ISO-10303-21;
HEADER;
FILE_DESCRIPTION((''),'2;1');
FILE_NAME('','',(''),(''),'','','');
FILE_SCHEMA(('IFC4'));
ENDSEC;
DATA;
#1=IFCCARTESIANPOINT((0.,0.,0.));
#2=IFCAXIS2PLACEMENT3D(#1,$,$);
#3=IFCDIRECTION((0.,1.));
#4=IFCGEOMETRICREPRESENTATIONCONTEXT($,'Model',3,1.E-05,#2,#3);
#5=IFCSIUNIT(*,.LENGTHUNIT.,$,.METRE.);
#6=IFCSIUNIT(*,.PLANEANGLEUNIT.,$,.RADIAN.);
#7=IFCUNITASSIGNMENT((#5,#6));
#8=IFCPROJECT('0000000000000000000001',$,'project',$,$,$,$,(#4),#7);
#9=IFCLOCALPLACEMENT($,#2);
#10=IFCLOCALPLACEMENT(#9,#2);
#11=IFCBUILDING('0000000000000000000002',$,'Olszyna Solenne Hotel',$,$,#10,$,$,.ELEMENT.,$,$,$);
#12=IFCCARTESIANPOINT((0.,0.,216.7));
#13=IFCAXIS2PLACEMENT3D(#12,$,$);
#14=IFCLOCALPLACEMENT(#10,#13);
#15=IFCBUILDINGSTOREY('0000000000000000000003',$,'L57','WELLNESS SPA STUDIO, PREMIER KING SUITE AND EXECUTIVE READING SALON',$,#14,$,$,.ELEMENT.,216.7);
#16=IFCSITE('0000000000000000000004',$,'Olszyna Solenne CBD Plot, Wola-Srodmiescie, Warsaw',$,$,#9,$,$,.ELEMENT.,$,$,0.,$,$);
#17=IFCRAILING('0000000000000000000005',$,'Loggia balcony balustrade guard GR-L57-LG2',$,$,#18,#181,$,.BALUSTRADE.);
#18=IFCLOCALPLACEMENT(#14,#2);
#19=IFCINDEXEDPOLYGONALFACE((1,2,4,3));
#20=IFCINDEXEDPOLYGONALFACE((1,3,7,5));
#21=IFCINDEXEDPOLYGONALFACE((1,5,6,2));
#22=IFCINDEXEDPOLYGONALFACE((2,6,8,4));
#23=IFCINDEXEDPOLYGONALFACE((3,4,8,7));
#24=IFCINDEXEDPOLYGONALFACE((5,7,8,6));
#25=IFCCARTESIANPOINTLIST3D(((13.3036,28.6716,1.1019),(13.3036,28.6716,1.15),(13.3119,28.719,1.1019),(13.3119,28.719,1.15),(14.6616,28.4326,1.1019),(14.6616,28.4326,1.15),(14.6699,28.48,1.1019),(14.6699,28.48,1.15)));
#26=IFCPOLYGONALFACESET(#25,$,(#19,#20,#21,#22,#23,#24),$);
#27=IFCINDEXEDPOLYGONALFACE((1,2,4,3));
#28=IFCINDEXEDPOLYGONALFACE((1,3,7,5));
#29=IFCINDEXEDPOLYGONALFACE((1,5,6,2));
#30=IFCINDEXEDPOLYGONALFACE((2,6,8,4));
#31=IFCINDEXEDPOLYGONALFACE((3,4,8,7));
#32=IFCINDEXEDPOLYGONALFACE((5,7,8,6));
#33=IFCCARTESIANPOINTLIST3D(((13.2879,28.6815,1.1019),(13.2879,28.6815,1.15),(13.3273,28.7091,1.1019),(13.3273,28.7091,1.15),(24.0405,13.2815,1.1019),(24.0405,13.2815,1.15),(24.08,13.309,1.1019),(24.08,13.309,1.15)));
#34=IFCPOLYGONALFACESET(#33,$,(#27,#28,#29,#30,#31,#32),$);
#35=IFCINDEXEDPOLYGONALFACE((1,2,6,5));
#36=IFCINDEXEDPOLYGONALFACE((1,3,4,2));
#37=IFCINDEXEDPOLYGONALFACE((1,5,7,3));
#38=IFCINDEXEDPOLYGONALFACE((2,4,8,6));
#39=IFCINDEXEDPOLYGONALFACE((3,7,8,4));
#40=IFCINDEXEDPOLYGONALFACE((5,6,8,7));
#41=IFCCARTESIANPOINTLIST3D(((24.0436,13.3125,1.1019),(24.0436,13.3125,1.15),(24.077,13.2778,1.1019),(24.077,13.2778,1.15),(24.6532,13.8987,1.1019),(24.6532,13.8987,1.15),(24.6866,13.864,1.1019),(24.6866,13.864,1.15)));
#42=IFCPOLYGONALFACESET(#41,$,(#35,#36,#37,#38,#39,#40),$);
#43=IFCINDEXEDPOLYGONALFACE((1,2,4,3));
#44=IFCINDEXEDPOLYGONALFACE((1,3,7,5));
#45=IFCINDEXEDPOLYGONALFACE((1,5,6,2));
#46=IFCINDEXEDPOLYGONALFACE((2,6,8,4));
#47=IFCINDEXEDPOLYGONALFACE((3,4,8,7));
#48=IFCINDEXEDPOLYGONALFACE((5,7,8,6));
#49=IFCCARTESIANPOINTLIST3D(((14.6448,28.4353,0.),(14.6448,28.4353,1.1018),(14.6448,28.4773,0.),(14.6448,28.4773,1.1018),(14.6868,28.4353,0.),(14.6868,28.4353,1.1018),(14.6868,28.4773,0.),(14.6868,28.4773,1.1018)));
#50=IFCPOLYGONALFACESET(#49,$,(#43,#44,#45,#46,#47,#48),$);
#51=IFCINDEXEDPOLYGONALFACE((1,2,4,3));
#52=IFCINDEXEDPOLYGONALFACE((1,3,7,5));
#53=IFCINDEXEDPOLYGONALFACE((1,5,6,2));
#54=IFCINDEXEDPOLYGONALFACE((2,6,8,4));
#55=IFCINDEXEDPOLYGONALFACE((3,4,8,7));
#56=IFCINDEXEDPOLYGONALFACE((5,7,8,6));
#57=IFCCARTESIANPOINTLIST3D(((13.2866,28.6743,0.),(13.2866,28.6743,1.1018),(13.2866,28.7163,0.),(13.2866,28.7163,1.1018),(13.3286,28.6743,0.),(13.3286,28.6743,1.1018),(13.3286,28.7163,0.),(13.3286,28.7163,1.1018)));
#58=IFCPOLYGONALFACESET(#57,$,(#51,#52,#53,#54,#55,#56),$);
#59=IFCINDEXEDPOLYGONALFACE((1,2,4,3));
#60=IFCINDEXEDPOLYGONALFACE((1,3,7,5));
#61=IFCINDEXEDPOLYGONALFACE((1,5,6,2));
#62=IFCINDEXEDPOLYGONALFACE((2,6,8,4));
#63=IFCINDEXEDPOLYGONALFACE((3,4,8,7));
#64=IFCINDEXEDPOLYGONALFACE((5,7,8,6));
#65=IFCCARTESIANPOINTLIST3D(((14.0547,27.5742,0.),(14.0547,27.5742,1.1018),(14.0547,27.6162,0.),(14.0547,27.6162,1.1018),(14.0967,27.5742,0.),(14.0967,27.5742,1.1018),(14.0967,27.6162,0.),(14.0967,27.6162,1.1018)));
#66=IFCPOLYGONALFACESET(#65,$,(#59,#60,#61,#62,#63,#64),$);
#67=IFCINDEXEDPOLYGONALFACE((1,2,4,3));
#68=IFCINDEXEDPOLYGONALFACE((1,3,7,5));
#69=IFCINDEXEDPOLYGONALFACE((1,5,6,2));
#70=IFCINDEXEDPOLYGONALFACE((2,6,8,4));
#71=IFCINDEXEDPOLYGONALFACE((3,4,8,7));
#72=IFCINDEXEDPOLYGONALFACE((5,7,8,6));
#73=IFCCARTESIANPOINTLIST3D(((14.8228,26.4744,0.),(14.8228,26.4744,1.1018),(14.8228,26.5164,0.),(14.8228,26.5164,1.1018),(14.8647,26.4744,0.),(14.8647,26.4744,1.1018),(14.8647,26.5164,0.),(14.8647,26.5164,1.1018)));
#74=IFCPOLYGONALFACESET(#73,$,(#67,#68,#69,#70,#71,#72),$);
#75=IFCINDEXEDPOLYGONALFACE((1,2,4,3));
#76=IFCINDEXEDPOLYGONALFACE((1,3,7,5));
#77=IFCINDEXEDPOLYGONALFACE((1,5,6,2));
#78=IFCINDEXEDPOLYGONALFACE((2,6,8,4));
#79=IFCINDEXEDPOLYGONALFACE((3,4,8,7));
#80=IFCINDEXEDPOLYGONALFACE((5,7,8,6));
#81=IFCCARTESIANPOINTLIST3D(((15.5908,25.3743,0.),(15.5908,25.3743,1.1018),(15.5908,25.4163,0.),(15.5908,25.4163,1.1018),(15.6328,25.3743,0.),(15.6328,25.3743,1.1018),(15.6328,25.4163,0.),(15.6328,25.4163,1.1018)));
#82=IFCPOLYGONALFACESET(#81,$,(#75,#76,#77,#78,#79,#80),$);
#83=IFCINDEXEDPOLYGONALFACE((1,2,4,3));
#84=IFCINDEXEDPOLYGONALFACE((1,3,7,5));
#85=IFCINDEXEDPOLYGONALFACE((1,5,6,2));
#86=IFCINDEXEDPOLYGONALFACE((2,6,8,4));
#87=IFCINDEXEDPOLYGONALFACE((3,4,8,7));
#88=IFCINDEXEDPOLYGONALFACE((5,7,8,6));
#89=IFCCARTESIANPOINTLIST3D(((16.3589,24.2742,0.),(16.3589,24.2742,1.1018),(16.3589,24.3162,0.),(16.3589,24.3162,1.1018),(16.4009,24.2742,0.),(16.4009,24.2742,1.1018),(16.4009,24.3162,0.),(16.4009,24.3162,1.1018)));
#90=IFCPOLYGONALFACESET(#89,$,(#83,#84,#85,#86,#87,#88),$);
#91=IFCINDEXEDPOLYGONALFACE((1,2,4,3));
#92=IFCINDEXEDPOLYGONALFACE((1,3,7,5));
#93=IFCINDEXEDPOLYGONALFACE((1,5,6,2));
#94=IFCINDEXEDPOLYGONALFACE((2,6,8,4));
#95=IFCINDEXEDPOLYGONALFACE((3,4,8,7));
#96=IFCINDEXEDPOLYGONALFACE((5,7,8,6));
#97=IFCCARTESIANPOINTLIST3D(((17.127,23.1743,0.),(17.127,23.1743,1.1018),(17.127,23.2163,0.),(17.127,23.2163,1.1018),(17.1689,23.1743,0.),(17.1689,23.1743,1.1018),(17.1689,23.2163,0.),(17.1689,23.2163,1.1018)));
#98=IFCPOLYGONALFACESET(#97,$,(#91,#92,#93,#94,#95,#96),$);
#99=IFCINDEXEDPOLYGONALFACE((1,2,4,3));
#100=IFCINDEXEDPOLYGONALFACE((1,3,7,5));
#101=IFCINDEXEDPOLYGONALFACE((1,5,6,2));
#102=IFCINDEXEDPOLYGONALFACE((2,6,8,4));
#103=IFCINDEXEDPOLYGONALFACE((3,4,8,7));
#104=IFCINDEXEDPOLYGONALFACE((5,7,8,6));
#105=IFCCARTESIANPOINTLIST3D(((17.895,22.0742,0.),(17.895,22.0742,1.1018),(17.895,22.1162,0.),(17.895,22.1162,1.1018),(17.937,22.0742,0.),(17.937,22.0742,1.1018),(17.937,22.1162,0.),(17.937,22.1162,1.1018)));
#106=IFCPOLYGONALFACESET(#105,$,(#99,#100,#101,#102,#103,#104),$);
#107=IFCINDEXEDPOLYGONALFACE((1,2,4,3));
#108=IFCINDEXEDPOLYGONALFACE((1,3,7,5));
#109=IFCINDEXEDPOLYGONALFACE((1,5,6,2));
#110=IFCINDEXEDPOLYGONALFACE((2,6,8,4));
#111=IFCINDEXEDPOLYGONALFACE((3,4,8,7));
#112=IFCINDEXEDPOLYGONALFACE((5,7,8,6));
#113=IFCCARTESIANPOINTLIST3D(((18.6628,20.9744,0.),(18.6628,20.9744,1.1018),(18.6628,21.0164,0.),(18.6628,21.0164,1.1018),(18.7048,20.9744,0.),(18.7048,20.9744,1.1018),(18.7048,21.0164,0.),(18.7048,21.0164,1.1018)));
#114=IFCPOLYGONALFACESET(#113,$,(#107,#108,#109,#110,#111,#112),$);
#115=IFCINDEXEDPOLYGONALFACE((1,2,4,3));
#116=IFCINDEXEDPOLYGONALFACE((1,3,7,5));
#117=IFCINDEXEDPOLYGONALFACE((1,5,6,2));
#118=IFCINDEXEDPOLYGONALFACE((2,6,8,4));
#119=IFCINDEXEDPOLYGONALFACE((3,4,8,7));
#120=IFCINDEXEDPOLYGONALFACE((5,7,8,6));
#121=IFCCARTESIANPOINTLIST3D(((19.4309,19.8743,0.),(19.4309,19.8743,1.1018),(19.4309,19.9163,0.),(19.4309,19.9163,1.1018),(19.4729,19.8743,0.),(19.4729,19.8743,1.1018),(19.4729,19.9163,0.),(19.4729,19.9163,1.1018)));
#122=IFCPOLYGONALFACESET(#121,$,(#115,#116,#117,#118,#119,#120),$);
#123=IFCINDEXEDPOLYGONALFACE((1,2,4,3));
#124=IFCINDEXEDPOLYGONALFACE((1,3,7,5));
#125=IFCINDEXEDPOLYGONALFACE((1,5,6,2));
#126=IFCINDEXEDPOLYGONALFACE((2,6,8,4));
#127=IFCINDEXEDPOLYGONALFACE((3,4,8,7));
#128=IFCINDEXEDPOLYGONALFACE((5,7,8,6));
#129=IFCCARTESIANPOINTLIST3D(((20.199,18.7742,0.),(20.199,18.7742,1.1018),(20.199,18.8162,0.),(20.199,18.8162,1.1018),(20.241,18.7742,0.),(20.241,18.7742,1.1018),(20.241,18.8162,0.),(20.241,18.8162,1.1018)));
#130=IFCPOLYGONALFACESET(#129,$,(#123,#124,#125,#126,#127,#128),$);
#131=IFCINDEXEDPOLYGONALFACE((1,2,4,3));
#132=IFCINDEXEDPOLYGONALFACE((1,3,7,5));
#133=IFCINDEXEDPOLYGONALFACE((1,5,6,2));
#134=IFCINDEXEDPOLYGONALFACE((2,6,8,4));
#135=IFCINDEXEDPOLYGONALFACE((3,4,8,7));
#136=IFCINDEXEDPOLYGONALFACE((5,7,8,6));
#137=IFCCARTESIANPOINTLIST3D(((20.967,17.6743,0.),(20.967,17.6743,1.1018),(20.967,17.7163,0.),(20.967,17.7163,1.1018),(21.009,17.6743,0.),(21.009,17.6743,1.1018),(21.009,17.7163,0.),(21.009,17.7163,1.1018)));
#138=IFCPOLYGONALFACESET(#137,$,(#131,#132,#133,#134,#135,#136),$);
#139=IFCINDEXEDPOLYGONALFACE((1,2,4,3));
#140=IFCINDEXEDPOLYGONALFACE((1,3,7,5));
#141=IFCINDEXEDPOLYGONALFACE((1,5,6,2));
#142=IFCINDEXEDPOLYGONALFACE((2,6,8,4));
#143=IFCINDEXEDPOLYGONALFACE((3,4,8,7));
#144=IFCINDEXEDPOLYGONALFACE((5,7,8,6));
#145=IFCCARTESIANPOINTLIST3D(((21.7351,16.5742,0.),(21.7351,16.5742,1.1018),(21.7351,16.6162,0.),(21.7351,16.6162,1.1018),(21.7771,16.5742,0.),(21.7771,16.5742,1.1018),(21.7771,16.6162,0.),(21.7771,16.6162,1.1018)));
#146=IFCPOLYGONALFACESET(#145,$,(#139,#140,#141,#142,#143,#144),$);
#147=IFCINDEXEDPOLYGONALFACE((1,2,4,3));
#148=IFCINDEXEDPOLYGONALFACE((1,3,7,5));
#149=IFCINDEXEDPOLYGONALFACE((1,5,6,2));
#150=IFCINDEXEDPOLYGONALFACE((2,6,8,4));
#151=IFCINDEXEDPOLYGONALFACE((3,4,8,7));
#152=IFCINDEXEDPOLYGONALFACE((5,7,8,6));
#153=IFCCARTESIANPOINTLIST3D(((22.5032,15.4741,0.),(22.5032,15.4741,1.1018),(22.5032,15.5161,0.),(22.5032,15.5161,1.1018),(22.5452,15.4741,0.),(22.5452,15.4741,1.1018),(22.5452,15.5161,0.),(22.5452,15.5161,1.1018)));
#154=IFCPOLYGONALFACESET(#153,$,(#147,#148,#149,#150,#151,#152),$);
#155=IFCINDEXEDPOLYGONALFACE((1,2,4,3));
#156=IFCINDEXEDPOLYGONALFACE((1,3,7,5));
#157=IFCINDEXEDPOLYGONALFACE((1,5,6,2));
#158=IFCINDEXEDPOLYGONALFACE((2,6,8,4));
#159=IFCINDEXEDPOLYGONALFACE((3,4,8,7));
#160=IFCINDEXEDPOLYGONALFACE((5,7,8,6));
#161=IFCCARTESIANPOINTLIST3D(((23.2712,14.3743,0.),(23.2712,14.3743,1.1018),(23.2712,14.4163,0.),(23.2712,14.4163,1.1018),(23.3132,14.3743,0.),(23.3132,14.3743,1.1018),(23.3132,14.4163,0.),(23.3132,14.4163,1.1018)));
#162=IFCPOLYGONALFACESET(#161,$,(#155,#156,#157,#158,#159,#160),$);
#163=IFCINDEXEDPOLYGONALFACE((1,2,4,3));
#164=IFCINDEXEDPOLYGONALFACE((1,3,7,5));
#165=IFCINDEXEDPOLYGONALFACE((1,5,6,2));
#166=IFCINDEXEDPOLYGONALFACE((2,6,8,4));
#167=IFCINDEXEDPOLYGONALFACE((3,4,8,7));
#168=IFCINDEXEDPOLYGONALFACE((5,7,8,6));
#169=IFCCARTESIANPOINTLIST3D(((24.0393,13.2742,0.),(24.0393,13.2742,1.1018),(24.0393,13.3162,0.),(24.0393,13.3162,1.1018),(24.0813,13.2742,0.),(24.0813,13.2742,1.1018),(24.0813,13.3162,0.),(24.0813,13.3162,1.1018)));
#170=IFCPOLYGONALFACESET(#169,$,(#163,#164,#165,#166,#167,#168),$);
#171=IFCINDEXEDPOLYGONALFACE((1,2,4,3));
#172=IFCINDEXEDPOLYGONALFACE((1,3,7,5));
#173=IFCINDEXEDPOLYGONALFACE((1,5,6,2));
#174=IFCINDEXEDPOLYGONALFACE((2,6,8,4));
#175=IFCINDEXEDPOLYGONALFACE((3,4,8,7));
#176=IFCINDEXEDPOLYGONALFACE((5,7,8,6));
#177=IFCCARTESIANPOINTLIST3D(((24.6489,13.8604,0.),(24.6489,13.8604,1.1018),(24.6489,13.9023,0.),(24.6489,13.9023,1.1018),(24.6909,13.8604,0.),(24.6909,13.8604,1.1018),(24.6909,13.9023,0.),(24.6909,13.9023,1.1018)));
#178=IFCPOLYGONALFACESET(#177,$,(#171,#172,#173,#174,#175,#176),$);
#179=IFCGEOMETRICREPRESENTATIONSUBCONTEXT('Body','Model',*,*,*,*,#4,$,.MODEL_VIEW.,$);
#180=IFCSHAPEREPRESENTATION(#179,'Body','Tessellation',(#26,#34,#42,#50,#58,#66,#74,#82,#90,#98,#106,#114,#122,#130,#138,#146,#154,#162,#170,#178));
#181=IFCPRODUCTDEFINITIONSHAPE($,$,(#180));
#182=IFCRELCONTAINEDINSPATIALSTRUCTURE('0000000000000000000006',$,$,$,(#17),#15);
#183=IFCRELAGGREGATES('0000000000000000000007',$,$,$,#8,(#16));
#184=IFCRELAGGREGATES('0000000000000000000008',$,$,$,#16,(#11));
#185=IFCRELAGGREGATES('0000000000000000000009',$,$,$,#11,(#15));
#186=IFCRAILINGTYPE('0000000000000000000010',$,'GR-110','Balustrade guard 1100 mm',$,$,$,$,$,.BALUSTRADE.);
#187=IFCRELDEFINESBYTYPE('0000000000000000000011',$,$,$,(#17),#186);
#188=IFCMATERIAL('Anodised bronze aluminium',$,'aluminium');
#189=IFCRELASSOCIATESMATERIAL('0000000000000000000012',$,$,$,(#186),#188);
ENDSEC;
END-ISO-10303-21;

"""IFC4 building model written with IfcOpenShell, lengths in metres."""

from ifc_helpers import new_model, si_unit, direction, frame, origin, origin_2d, place, context, subcontext, project, spatial, rectangle, extrude, material, type_object, element, save


model = new_model("IFC4")

# Units and contexts
model_context = context("Model", 3, precision=1e-05, world=origin(), true_north=direction((0.0, 1.0)))
body_context = subcontext(model_context, "Body", "Model", "MODEL_VIEW")
ifc_project = project(units=[si_unit("LENGTHUNIT", "METRE"), si_unit("PLANEANGLEUNIT", "RADIAN")], contexts=[model_context])

# Site, building, storey
site_placement = place(None, origin())
site = spatial("IfcSite", under=ifc_project, at=site_placement, Name="Olszyna Solenne CBD Plot, Wola-Srodmiescie, Warsaw", CompositionType="ELEMENT", RefElevation=0.0)
building_placement = place(site_placement, origin())
building = spatial("IfcBuilding", under=site, at=building_placement, Name="Olszyna Solenne Hotel", CompositionType="ELEMENT")
storey_placement = place(building_placement, frame((0.0, 0.0, 216.7)))
storey = spatial("IfcBuildingStorey", under=building, at=storey_placement, Name="L57", Description="WELLNESS SPA STUDIO, PREMIER KING SUITE AND EXECUTIVE READING SALON", CompositionType="ELEMENT", Elevation=216.7)

# Railing
ifc_material_1 = material(Name="Anodised bronze aluminium", Category="aluminium")
railing_type = type_object("IfcRailingType", Name="GR-110", Description="Balustrade guard 1100 mm", PredefinedType="BALUSTRADE", material=ifc_material_1)
railing_placement = place(storey_placement, frame((14.6658, 28.4563, 0.0)))
element("IfcRailing", 1, at=railing_placement, inside=storey, type_object=railing_type, Name="Loggia balcony balustrade guard GR-L57-LG2", PredefinedType="BALUSTRADE", context=body_context, shape_type="SweptSolid", body=[
    extrude(rectangle(XDim=0.0481, YDim=0.0481, at=origin_2d()), frame((0.0, 0.0, 1.126), z_axis=(-0.984865, 0.173321, 0.0), x_axis=(-0.173321, -0.984865, 0.0)), (0.0, 0.0, 1.0), 1.3789),
    extrude(rectangle(XDim=0.0481, YDim=0.0481, at=origin_2d()), frame((-1.3582, 0.239, 1.126), z_axis=(0.572482, -0.819917, 0.0), x_axis=(0.819917, 0.572482, 0.0)), (0.0, 0.0, 1.0), 18.7825),
    extrude(rectangle(XDim=0.0481, YDim=0.0481, at=origin_2d()), frame((9.3945, -15.1611, 1.126), z_axis=(0.720828, 0.693114, 0.0), x_axis=(-0.693114, 0.720828, 0.0)), (0.0, 0.0, 1.0), 0.8457),
    extrude(rectangle(XDim=0.042, YDim=0.042, at=origin_2d()), origin(), (0.0, 0.0, 1.0), 1.1018),
    extrude(rectangle(XDim=0.042, YDim=0.042, at=origin_2d()), frame((-1.3582, 0.239, 0.0)), (0.0, 0.0, 1.0), 1.1018),
    extrude(rectangle(XDim=0.042, YDim=0.042, at=origin_2d()), frame((-0.5901, -0.8611, 0.0)), (0.0, 0.0, 1.0), 1.1018),
    extrude(rectangle(XDim=0.042, YDim=0.042, at=origin_2d()), frame((0.178, -1.9609, 0.0)), (0.0, 0.0, 1.0), 1.1018),
    extrude(rectangle(XDim=0.042, YDim=0.042, at=origin_2d()), frame((0.946, -3.061, 0.0)), (0.0, 0.0, 1.0), 1.1018),
    extrude(rectangle(XDim=0.042, YDim=0.042, at=origin_2d()), frame((1.7141, -4.1611, 0.0)), (0.0, 0.0, 1.0), 1.1018),
    extrude(rectangle(XDim=0.042, YDim=0.042, at=origin_2d()), frame((2.4822, -5.261, 0.0)), (0.0, 0.0, 1.0), 1.1018),
    extrude(rectangle(XDim=0.042, YDim=0.042, at=origin_2d()), frame((3.2502, -6.3611, 0.0)), (0.0, 0.0, 1.0), 1.1018),
    extrude(rectangle(XDim=0.042, YDim=0.042, at=origin_2d()), frame((4.0181, -7.4609, 0.0)), (0.0, 0.0, 1.0), 1.1018),
    extrude(rectangle(XDim=0.042, YDim=0.042, at=origin_2d()), frame((4.7861, -8.561, 0.0)), (0.0, 0.0, 1.0), 1.1018),
    extrude(rectangle(XDim=0.042, YDim=0.042, at=origin_2d()), frame((5.5542, -9.6611, 0.0)), (0.0, 0.0, 1.0), 1.1018),
    extrude(rectangle(XDim=0.042, YDim=0.042, at=origin_2d()), frame((6.3223, -10.761, 0.0)), (0.0, 0.0, 1.0), 1.1018),
    extrude(rectangle(XDim=0.042, YDim=0.042, at=origin_2d()), frame((7.0903, -11.8611, 0.0)), (0.0, 0.0, 1.0), 1.1018),
    extrude(rectangle(XDim=0.042, YDim=0.042, at=origin_2d()), frame((7.8584, -12.9612, 0.0)), (0.0, 0.0, 1.0), 1.1018),
    extrude(rectangle(XDim=0.042, YDim=0.042, at=origin_2d()), frame((8.6265, -14.061, 0.0)), (0.0, 0.0, 1.0), 1.1018),
    extrude(rectangle(XDim=0.042, YDim=0.042, at=origin_2d()), frame((9.3945, -15.1611, 0.0)), (0.0, 0.0, 1.0), 1.1018),
    extrude(rectangle(XDim=0.042, YDim=0.042, at=origin_2d()), frame((10.0042, -14.575, 0.0)), (0.0, 0.0, 1.0), 1.1018),
])

save(model, "model.ifc")
